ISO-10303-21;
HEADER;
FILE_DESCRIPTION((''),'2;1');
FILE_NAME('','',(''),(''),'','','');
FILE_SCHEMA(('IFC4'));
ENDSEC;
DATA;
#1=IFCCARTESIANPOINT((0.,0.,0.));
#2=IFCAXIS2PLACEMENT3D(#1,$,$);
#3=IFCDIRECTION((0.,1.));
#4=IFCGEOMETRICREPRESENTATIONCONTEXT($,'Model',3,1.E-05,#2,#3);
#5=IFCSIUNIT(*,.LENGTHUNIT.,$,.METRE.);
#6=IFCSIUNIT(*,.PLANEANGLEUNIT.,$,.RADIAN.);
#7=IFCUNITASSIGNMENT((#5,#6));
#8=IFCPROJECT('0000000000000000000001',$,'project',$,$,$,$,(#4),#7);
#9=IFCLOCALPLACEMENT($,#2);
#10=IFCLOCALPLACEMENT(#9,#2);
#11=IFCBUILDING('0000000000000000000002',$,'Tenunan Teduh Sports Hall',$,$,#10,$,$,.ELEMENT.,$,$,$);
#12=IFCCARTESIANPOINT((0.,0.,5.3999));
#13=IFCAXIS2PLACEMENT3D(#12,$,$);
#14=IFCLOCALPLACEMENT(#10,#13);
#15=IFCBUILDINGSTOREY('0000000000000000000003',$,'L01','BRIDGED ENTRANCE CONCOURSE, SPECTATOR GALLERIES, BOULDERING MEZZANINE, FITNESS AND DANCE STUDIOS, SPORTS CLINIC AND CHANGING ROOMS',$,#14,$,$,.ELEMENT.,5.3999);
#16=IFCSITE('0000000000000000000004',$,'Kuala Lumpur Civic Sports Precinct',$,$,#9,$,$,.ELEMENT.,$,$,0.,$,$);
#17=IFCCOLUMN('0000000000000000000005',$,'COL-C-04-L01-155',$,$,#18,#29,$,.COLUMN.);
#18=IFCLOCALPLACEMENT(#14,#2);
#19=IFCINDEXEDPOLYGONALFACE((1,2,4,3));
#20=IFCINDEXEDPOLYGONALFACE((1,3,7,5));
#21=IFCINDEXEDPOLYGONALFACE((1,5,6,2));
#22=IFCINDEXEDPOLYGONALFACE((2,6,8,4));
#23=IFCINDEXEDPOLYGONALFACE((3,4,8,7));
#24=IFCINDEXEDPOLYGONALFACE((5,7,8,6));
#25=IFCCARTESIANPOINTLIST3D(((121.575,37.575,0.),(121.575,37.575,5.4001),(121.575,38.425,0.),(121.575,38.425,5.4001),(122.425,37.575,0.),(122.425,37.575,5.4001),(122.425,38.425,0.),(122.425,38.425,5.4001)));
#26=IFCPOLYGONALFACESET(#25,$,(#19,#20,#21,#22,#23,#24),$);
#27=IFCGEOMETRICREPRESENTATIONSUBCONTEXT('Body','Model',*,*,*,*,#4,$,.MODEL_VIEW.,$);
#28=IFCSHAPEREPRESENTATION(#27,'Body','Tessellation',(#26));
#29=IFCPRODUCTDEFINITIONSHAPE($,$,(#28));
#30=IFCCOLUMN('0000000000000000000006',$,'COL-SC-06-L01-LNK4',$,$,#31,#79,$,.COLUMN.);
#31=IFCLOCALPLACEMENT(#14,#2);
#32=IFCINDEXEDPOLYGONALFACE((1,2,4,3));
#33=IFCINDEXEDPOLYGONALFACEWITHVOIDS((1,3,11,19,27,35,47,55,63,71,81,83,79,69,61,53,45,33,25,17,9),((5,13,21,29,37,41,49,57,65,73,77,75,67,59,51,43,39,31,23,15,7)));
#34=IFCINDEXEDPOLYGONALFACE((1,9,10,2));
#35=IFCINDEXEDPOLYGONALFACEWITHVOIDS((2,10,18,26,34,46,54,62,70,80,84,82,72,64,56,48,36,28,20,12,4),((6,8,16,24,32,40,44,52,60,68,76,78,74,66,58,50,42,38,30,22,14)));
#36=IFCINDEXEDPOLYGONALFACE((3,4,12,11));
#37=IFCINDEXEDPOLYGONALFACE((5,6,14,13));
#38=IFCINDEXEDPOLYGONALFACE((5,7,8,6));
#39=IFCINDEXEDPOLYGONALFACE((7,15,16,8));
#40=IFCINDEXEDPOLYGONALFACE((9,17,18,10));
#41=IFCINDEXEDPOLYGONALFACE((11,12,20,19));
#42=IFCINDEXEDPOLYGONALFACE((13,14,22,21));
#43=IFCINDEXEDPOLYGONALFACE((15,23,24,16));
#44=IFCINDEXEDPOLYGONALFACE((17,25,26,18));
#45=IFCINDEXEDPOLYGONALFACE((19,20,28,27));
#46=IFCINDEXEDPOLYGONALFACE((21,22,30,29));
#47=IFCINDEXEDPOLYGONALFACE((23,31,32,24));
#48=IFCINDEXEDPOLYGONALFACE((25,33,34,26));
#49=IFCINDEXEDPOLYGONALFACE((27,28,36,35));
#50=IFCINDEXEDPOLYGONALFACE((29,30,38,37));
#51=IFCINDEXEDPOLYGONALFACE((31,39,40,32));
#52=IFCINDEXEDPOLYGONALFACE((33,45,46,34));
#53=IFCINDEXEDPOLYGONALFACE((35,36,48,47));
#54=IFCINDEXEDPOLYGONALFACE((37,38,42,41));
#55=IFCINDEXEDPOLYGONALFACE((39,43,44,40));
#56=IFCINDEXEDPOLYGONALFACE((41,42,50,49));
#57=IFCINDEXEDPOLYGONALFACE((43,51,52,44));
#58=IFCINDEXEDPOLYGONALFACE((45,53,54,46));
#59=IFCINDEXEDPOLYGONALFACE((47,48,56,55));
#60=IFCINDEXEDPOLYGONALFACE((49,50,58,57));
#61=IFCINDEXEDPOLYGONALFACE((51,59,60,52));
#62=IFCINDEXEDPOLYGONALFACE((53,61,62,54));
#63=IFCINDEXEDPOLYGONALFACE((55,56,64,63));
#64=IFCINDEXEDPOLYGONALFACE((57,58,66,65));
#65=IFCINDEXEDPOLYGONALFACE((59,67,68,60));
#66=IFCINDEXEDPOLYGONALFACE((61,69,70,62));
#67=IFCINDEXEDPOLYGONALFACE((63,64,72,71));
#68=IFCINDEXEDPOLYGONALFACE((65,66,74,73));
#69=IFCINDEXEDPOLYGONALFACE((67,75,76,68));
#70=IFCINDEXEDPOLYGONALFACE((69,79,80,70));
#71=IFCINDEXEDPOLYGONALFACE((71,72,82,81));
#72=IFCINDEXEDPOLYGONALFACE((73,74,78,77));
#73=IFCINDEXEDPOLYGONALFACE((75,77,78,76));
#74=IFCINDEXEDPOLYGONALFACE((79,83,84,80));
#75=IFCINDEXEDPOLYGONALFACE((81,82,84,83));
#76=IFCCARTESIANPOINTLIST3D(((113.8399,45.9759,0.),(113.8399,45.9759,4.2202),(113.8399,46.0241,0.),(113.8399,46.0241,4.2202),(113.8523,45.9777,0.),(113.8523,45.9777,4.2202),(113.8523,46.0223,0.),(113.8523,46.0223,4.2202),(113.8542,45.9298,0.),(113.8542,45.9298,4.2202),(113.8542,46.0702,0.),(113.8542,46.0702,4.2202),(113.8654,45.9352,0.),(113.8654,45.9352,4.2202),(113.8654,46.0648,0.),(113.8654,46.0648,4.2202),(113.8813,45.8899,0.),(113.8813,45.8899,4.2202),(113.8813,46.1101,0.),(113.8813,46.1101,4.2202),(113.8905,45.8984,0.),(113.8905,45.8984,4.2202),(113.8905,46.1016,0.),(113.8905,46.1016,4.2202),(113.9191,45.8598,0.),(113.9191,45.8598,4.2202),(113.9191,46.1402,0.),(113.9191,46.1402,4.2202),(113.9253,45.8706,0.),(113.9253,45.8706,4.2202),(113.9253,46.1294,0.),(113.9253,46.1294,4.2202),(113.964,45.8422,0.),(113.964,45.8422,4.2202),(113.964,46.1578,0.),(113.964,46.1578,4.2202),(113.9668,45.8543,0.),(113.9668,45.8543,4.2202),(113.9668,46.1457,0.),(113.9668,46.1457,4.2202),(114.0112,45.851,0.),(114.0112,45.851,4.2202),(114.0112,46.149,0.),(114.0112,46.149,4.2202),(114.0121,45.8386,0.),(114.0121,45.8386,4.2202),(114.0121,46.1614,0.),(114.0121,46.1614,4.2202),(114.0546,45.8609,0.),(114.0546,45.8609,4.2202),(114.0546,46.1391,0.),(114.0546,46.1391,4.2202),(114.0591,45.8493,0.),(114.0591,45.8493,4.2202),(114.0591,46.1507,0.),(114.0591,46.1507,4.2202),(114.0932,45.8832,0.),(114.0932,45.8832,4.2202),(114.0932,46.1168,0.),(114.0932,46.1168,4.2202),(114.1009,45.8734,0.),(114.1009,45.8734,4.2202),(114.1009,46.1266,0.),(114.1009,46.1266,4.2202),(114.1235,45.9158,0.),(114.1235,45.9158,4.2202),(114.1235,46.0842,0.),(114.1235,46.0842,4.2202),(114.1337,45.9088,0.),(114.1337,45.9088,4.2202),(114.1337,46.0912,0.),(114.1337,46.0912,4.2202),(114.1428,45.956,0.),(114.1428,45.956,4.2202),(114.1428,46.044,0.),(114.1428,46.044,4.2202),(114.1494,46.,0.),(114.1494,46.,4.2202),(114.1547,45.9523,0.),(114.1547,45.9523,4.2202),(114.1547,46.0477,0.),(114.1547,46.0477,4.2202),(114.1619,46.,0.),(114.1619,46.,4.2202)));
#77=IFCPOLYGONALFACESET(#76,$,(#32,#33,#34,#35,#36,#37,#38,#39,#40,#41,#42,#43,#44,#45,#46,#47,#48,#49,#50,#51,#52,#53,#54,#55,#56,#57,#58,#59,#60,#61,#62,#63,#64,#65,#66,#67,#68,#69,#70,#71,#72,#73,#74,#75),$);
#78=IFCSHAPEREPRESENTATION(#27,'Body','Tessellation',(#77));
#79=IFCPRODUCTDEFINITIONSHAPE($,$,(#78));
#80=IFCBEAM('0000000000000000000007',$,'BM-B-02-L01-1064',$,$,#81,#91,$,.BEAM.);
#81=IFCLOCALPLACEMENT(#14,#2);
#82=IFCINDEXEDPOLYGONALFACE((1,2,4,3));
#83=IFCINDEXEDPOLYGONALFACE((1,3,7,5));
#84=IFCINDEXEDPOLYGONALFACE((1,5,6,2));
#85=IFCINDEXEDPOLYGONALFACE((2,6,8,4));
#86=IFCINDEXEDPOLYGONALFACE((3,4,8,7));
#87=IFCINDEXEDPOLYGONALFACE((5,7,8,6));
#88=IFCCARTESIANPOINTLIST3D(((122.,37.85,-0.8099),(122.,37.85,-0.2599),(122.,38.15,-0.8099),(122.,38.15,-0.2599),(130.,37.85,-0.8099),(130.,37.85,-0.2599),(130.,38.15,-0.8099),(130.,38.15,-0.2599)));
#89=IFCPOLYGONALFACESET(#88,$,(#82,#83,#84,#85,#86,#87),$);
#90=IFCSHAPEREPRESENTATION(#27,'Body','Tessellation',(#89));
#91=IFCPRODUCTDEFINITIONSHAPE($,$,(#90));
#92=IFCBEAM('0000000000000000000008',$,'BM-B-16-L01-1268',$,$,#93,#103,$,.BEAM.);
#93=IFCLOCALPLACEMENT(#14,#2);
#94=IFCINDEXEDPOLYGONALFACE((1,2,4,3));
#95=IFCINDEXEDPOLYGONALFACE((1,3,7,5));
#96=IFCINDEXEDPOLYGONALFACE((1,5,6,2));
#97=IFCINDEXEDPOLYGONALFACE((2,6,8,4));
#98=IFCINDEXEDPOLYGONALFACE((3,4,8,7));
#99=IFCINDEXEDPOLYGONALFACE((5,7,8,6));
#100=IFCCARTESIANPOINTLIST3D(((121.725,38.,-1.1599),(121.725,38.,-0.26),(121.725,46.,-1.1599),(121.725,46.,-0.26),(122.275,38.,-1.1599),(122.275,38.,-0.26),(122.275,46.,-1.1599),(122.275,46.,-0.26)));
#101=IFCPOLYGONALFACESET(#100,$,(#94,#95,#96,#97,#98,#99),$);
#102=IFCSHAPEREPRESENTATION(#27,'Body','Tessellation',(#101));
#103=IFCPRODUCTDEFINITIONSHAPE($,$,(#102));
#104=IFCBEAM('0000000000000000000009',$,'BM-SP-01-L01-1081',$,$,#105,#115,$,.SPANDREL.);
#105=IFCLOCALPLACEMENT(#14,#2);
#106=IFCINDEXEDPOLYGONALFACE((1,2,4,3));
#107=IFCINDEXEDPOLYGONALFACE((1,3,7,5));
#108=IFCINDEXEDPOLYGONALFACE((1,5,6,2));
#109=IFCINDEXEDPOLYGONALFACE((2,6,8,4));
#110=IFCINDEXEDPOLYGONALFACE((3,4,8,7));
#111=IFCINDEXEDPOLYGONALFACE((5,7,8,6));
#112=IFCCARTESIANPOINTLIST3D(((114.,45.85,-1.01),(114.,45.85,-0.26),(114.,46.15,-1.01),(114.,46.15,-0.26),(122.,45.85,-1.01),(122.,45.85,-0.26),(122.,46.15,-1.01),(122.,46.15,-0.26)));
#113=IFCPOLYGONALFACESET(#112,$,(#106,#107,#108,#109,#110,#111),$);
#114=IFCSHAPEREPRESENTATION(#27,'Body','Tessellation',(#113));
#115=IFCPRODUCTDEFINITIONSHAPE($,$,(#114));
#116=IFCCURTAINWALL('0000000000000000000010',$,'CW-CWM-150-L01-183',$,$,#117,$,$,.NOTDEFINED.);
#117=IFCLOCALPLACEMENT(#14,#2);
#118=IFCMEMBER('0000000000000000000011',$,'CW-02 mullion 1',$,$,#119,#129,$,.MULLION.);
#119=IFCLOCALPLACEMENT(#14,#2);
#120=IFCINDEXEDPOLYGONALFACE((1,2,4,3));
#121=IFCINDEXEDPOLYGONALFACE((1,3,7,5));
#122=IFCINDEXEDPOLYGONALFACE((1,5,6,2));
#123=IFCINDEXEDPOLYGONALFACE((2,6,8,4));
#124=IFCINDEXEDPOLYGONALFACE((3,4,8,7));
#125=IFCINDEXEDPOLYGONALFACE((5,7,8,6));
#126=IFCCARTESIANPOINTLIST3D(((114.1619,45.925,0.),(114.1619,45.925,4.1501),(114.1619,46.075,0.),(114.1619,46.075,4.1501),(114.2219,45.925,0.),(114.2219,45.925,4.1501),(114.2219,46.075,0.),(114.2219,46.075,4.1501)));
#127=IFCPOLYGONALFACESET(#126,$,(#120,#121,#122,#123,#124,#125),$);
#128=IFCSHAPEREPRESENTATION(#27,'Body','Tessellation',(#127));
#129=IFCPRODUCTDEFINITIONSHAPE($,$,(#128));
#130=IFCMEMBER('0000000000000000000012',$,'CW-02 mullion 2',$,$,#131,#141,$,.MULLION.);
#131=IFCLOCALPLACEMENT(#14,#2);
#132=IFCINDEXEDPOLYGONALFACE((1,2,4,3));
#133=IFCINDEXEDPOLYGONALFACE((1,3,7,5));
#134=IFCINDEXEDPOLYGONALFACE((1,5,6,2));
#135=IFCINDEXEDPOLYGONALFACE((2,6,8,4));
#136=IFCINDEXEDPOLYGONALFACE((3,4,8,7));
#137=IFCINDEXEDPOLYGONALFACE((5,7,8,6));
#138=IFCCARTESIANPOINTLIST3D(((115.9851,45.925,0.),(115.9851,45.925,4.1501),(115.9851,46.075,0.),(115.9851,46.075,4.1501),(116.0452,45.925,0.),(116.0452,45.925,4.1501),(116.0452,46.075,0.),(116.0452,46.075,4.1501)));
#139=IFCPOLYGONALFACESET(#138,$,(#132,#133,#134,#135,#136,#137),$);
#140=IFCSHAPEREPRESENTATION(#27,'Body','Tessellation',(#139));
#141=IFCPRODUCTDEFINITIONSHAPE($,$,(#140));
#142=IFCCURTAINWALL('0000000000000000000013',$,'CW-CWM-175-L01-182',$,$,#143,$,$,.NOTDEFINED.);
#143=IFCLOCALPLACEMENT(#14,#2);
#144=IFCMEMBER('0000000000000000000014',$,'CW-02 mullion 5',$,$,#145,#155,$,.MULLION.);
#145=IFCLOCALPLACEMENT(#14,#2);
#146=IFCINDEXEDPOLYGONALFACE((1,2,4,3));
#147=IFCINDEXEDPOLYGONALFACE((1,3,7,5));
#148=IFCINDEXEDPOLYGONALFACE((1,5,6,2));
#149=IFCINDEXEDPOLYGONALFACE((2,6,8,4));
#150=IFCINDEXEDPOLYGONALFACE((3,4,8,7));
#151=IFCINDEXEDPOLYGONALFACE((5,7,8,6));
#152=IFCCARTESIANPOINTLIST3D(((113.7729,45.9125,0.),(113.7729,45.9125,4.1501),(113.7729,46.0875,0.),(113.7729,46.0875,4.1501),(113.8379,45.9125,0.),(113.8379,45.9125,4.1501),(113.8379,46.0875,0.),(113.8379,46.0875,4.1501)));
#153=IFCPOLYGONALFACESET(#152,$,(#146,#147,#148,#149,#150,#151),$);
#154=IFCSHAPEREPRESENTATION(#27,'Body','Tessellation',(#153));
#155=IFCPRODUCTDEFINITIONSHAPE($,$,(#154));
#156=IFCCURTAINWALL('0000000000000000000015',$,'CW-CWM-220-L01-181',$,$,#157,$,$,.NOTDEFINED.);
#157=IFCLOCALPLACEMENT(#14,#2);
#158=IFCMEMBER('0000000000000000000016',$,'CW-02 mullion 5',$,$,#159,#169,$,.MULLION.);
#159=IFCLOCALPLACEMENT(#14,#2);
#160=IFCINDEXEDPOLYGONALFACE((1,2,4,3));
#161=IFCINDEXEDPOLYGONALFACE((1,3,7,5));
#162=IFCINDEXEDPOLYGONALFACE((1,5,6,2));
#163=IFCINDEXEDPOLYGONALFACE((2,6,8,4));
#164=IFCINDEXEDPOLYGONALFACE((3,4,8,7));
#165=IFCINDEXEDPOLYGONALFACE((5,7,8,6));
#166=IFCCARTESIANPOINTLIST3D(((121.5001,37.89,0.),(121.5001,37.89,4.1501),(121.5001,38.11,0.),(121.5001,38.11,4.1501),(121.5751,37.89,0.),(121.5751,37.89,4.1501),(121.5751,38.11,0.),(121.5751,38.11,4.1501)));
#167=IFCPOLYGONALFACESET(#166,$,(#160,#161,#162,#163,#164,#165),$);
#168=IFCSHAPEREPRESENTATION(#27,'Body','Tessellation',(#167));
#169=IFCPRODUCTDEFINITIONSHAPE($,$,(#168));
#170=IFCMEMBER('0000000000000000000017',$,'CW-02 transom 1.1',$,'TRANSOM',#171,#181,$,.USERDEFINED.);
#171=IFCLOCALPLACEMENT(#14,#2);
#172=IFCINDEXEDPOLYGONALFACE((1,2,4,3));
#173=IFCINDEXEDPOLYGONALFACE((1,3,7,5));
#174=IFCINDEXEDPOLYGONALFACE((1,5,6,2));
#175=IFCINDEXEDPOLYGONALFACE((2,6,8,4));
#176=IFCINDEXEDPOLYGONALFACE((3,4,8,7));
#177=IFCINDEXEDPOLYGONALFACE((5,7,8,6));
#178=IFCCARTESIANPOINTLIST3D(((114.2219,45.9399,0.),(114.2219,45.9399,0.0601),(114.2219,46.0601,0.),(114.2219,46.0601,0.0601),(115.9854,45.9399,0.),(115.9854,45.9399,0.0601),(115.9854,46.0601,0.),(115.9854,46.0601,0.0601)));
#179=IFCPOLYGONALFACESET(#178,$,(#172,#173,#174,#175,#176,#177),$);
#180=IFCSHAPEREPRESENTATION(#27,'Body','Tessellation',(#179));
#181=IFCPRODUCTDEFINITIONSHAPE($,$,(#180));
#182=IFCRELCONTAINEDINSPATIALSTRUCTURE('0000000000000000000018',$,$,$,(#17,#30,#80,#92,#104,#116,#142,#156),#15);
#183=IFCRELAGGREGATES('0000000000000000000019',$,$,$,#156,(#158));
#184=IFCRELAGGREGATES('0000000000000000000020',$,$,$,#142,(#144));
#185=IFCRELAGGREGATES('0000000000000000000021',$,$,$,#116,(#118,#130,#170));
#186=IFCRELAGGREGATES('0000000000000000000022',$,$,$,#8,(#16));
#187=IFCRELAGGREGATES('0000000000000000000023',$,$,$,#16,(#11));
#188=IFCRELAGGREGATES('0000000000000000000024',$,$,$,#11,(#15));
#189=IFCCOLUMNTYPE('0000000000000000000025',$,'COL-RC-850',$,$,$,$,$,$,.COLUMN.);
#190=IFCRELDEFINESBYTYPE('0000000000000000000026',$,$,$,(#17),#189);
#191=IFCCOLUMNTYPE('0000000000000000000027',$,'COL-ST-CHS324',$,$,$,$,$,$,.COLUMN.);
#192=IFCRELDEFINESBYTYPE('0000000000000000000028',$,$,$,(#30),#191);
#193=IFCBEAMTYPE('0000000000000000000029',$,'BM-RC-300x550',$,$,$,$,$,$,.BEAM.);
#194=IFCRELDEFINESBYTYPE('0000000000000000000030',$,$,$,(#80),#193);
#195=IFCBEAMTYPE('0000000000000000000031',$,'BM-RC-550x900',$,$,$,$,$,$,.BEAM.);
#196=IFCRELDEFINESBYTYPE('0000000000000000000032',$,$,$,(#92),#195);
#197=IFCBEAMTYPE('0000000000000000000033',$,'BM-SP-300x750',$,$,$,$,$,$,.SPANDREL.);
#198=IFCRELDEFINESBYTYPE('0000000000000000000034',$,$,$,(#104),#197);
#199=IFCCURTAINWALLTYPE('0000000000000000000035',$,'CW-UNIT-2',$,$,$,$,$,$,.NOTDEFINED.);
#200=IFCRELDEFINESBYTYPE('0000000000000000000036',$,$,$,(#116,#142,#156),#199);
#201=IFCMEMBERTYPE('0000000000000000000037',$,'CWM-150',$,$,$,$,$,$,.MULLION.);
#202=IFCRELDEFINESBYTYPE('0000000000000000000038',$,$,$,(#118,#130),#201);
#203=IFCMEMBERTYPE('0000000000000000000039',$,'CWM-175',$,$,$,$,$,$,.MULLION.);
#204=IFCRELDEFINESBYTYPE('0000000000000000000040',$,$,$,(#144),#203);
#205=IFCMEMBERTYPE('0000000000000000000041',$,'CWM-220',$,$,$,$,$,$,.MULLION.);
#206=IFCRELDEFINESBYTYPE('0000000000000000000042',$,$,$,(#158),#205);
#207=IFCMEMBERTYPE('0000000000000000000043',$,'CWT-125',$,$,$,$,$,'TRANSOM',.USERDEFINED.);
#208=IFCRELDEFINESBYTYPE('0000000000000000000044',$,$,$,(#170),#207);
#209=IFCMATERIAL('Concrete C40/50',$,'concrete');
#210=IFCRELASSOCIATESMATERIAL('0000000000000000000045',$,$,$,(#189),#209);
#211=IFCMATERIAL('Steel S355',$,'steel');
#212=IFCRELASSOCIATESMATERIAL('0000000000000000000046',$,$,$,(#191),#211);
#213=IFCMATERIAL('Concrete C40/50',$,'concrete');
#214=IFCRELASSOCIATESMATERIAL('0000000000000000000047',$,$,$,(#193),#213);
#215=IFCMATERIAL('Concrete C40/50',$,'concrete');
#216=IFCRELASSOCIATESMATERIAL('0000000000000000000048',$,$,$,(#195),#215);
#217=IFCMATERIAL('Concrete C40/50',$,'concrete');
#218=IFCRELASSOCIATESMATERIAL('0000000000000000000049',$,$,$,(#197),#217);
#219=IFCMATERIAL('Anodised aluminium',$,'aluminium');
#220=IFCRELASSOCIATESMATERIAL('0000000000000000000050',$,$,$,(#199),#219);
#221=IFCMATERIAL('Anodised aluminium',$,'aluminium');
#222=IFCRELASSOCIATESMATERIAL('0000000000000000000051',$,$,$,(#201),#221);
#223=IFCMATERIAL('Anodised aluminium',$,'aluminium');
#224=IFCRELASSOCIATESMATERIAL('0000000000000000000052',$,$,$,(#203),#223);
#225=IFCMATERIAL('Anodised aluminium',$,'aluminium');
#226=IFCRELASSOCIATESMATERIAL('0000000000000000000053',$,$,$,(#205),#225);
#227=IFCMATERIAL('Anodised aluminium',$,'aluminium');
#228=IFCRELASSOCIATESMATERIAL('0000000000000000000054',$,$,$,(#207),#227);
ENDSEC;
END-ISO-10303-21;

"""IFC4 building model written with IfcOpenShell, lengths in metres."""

from ifc_helpers import new_model, si_unit, direction, frame, origin, origin_2d, place, context, subcontext, project, spatial, rectangle, hollow_circle, extrude, material, material_profile, profile_set, type_object, element, aggregate, save


model = new_model("IFC4")

# Units and contexts
model_context = context("Model", 3, precision=1e-05, world=origin(), true_north=direction((0.0, 1.0)))
body_context = subcontext(model_context, "Body", "Model", "MODEL_VIEW")
ifc_project = project(units=[si_unit("LENGTHUNIT", "METRE"), si_unit("PLANEANGLEUNIT", "RADIAN")], contexts=[model_context])

# Site, building, storey
site_placement = place(None, origin())
site = spatial("IfcSite", under=ifc_project, at=site_placement, Name="Kuala Lumpur Civic Sports Precinct", CompositionType="ELEMENT", RefElevation=0.0)
building_placement = place(site_placement, origin())
building = spatial("IfcBuilding", under=site, at=building_placement, Name="Tenunan Teduh Sports Hall", CompositionType="ELEMENT")
storey_placement = place(building_placement, frame((0.0, 0.0, 5.3999)))
storey = spatial("IfcBuildingStorey", under=building, at=storey_placement, Name="L01", Description="BRIDGED ENTRANCE CONCOURSE, SPECTATOR GALLERIES, BOULDERING MEZZANINE, FITNESS AND DANCE STUDIOS, SPORTS CLINIC AND CHANGING ROOMS", CompositionType="ELEMENT", Elevation=5.3999)

# Columns
ifc_material_1 = material(Name="Concrete C40/50", Category="concrete")
ifc_material_profile_1 = material_profile(ifc_material_1, rectangle(XDim=0.8501, YDim=0.8501, at=origin_2d()), Name="RC 850x850")
ifc_profile_set_1 = profile_set([ifc_material_profile_1], Name="Concrete C40/50")
column_type_1 = type_object("IfcColumnType", Name="COL-RC-850", PredefinedType="COLUMN", material=ifc_profile_set_1)
column_1_placement = place(storey_placement, frame((122.0, 38.0, 0.0), z_axis=(0.0, 0.0, 1.0), x_axis=(1.0, 0.0, 0.0)))
element("IfcColumn", 1, at=column_1_placement, inside=storey, type_object=column_type_1, Name="COL-C-04-L01-155", PredefinedType="COLUMN", context=body_context, shape_type="SweptSolid", body=[
    extrude(rectangle(XDim=0.8501, YDim=0.8501, at=origin_2d()), origin(), (0.0, 0.0, 1.0), 5.4001),
])
ifc_material_2 = material(Name="Steel S355", Category="steel")
ifc_material_profile_2 = material_profile(ifc_material_2, hollow_circle(Radius=0.1619, WallThickness=0.0125, at=origin_2d()), Name="CHS 323.9x12.5")
ifc_profile_set_2 = profile_set([ifc_material_profile_2], Name="Steel S355")
column_type_2 = type_object("IfcColumnType", Name="COL-ST-CHS324", PredefinedType="COLUMN", material=ifc_profile_set_2)
column_2_placement = place(storey_placement, frame((114.0, 46.0, 0.0), z_axis=(0.0, 0.0, 1.0), x_axis=(1.0, 0.0, 0.0)))
element("IfcColumn", 2, at=column_2_placement, inside=storey, type_object=column_type_2, Name="COL-SC-06-L01-LNK4", PredefinedType="COLUMN", context=body_context, shape_type="SweptSolid", body=[
    extrude(hollow_circle(Radius=0.1619, WallThickness=0.0125, at=origin_2d()), origin(), (0.0, 0.0, 1.0), 4.2202),
])

# Beams
ifc_material_3 = material(Name="Concrete C40/50", Category="concrete")
ifc_material_profile_3 = material_profile(ifc_material_3, rectangle(XDim=0.3, YDim=0.55, at=origin_2d()), Name="RCB 300x550")
ifc_profile_set_3 = profile_set([ifc_material_profile_3], Name="Concrete C40/50")
beam_type_1 = type_object("IfcBeamType", Name="BM-RC-300x550", PredefinedType="BEAM", material=ifc_profile_set_3)
beam_1_placement = place(storey_placement, frame((122.0, 38.0, -0.5349), z_axis=(1.0, 0.0, 0.0), x_axis=(0.0, 1.0, 0.0)))
element("IfcBeam", 3, at=beam_1_placement, inside=storey, type_object=beam_type_1, Name="BM-B-02-L01-1064", PredefinedType="BEAM", context=body_context, shape_type="SweptSolid", body=[
    extrude(rectangle(XDim=0.3, YDim=0.55, at=origin_2d()), origin(), (0.0, 0.0, 1.0), 8.0),
])
ifc_material_4 = material(Name="Concrete C40/50", Category="concrete")
ifc_material_profile_4 = material_profile(ifc_material_4, rectangle(XDim=0.55, YDim=0.8999, at=origin_2d()), Name="RCB 550x900")
ifc_profile_set_4 = profile_set([ifc_material_profile_4], Name="Concrete C40/50")
beam_type_2 = type_object("IfcBeamType", Name="BM-RC-550x900", PredefinedType="BEAM", material=ifc_profile_set_4)
beam_2_placement = place(storey_placement, frame((122.0, 38.0, -0.71), z_axis=(0.0, 1.0, 0.0), x_axis=(-1.0, 0.0, 0.0)))
element("IfcBeam", 4, at=beam_2_placement, inside=storey, type_object=beam_type_2, Name="BM-B-16-L01-1268", PredefinedType="BEAM", context=body_context, shape_type="SweptSolid", body=[
    extrude(rectangle(XDim=0.55, YDim=0.8999, at=origin_2d()), origin(), (0.0, 0.0, 1.0), 8.0),
])
ifc_material_5 = material(Name="Concrete C40/50", Category="concrete")
ifc_material_profile_5 = material_profile(ifc_material_5, rectangle(XDim=0.3, YDim=0.75, at=origin_2d()), Name="SPB 300x750")
ifc_profile_set_5 = profile_set([ifc_material_profile_5], Name="Concrete C40/50")
beam_type_3 = type_object("IfcBeamType", Name="BM-SP-300x750", PredefinedType="SPANDREL", material=ifc_profile_set_5)
beam_3_placement = place(storey_placement, frame((114.0, 46.0, -0.635), z_axis=(1.0, 0.0, 0.0), x_axis=(0.0, 1.0, 0.0)))
element("IfcBeam", 5, at=beam_3_placement, inside=storey, type_object=beam_type_3, Name="BM-SP-01-L01-1081", PredefinedType="SPANDREL", context=body_context, shape_type="SweptSolid", body=[
    extrude(rectangle(XDim=0.3, YDim=0.75, at=origin_2d()), origin(), (0.0, 0.0, 1.0), 8.0),
])

# Curtain wall, members
ifc_material_6 = material(Name="Anodised aluminium", Category="aluminium")
curtain_wall_type = type_object("IfcCurtainWallType", Name="CW-UNIT-2", PredefinedType="NOTDEFINED", material=ifc_material_6)
curtain_wall_1_placement = place(storey_placement, origin())
curtain_wall_1 = element("IfcCurtainWall", 6, at=curtain_wall_1_placement, inside=storey, type_object=curtain_wall_type, Name="CW-CWM-150-L01-183", PredefinedType="NOTDEFINED")
ifc_material_7 = material(Name="Anodised aluminium", Category="aluminium")
ifc_material_profile_6 = material_profile(ifc_material_7, rectangle(XDim=0.0601, YDim=0.1499, at=origin_2d()), Name="CWM 60x150")
ifc_profile_set_6 = profile_set([ifc_material_profile_6], Name="Anodised aluminium")
member_type_1 = type_object("IfcMemberType", Name="CWM-150", PredefinedType="MULLION", material=ifc_profile_set_6)
member_1_placement = place(storey_placement, frame((114.1919, 46.0, 0.0), z_axis=(0.0, 0.0, 1.0), x_axis=(1.0, 0.0, 0.0)))
member_1 = element("IfcMember", 7, at=member_1_placement, type_object=member_type_1, Name="CW-02 mullion 1", PredefinedType="MULLION", context=body_context, shape_type="SweptSolid", body=[
    extrude(rectangle(XDim=0.0601, YDim=0.1499, at=origin_2d()), origin(), (0.0, 0.0, 1.0), 4.1501),
])
member_2_placement = place(storey_placement, frame((116.0151, 46.0, 0.0), z_axis=(0.0, 0.0, 1.0), x_axis=(1.0, 0.0, 0.0)))
member_2 = element("IfcMember", 8, at=member_2_placement, type_object=member_type_1, Name="CW-02 mullion 2", PredefinedType="MULLION", context=body_context, shape_type="SweptSolid", body=[
    extrude(rectangle(XDim=0.0601, YDim=0.1499, at=origin_2d()), origin(), (0.0, 0.0, 1.0), 4.1501),
])

# Curtain walls, members
curtain_wall_2_placement = place(storey_placement, origin())
curtain_wall_2 = element("IfcCurtainWall", 9, at=curtain_wall_2_placement, inside=storey, type_object=curtain_wall_type, Name="CW-CWM-175-L01-182", PredefinedType="NOTDEFINED")
ifc_material_8 = material(Name="Anodised aluminium", Category="aluminium")
ifc_material_profile_7 = material_profile(ifc_material_8, rectangle(XDim=0.0649, YDim=0.175, at=origin_2d()), Name="CWM 65x175")
ifc_profile_set_7 = profile_set([ifc_material_profile_7], Name="Anodised aluminium")
member_type_2 = type_object("IfcMemberType", Name="CWM-175", PredefinedType="MULLION", material=ifc_profile_set_7)
member_3_placement = place(storey_placement, frame((113.8054, 46.0, 0.0), z_axis=(0.0, 0.0, 1.0), x_axis=(1.0, 0.0, 0.0)))
member_3 = element("IfcMember", 10, at=member_3_placement, type_object=member_type_2, Name="CW-02 mullion 5", PredefinedType="MULLION", context=body_context, shape_type="SweptSolid", body=[
    extrude(rectangle(XDim=0.0649, YDim=0.175, at=origin_2d()), origin(), (0.0, 0.0, 1.0), 4.1501),
])
curtain_wall_3_placement = place(storey_placement, origin())
curtain_wall_3 = element("IfcCurtainWall", 11, at=curtain_wall_3_placement, inside=storey, type_object=curtain_wall_type, Name="CW-CWM-220-L01-181", PredefinedType="NOTDEFINED")
ifc_material_9 = material(Name="Anodised aluminium", Category="aluminium")
ifc_material_profile_8 = material_profile(ifc_material_9, rectangle(XDim=0.075, YDim=0.22, at=origin_2d()), Name="CWM 75x220")
ifc_profile_set_8 = profile_set([ifc_material_profile_8], Name="Anodised aluminium")
member_type_3 = type_object("IfcMemberType", Name="CWM-220", PredefinedType="MULLION", material=ifc_profile_set_8)
member_4_placement = place(storey_placement, frame((121.5376, 38.0, 0.0), z_axis=(0.0, 0.0, 1.0), x_axis=(1.0, 0.0, 0.0)))
member_4 = element("IfcMember", 12, at=member_4_placement, type_object=member_type_3, Name="CW-02 mullion 5", PredefinedType="MULLION", context=body_context, shape_type="SweptSolid", body=[
    extrude(rectangle(XDim=0.075, YDim=0.22, at=origin_2d()), origin(), (0.0, 0.0, 1.0), 4.1501),
])

# Member
ifc_material_10 = material(Name="Anodised aluminium", Category="aluminium")
ifc_material_profile_9 = material_profile(ifc_material_10, rectangle(XDim=0.0601, YDim=0.1201, at=origin_2d()), Name="CWT 60x120")
ifc_profile_set_9 = profile_set([ifc_material_profile_9], Name="Anodised aluminium")
member_type_4 = type_object("IfcMemberType", Name="CWT-125", ElementType="TRANSOM", PredefinedType="USERDEFINED", material=ifc_profile_set_9)
member_5_placement = place(storey_placement, frame((114.2219, 46.0, 0.03), z_axis=(1.0, 0.0, 0.0), x_axis=(0.0, 0.0, 1.0)))
member_5 = element("IfcMember", 13, at=member_5_placement, type_object=member_type_4, Name="CW-02 transom 1.1", ObjectType="TRANSOM", PredefinedType="USERDEFINED", context=body_context, shape_type="SweptSolid", body=[
    extrude(rectangle(XDim=0.0601, YDim=0.1201, at=origin_2d()), origin(), (0.0, 0.0, 1.0), 1.7634),
])

aggregate(curtain_wall_3, [member_4])
aggregate(curtain_wall_2, [member_3])
aggregate(curtain_wall_1, [member_1, member_2, member_5])

save(model, "model.ifc")
